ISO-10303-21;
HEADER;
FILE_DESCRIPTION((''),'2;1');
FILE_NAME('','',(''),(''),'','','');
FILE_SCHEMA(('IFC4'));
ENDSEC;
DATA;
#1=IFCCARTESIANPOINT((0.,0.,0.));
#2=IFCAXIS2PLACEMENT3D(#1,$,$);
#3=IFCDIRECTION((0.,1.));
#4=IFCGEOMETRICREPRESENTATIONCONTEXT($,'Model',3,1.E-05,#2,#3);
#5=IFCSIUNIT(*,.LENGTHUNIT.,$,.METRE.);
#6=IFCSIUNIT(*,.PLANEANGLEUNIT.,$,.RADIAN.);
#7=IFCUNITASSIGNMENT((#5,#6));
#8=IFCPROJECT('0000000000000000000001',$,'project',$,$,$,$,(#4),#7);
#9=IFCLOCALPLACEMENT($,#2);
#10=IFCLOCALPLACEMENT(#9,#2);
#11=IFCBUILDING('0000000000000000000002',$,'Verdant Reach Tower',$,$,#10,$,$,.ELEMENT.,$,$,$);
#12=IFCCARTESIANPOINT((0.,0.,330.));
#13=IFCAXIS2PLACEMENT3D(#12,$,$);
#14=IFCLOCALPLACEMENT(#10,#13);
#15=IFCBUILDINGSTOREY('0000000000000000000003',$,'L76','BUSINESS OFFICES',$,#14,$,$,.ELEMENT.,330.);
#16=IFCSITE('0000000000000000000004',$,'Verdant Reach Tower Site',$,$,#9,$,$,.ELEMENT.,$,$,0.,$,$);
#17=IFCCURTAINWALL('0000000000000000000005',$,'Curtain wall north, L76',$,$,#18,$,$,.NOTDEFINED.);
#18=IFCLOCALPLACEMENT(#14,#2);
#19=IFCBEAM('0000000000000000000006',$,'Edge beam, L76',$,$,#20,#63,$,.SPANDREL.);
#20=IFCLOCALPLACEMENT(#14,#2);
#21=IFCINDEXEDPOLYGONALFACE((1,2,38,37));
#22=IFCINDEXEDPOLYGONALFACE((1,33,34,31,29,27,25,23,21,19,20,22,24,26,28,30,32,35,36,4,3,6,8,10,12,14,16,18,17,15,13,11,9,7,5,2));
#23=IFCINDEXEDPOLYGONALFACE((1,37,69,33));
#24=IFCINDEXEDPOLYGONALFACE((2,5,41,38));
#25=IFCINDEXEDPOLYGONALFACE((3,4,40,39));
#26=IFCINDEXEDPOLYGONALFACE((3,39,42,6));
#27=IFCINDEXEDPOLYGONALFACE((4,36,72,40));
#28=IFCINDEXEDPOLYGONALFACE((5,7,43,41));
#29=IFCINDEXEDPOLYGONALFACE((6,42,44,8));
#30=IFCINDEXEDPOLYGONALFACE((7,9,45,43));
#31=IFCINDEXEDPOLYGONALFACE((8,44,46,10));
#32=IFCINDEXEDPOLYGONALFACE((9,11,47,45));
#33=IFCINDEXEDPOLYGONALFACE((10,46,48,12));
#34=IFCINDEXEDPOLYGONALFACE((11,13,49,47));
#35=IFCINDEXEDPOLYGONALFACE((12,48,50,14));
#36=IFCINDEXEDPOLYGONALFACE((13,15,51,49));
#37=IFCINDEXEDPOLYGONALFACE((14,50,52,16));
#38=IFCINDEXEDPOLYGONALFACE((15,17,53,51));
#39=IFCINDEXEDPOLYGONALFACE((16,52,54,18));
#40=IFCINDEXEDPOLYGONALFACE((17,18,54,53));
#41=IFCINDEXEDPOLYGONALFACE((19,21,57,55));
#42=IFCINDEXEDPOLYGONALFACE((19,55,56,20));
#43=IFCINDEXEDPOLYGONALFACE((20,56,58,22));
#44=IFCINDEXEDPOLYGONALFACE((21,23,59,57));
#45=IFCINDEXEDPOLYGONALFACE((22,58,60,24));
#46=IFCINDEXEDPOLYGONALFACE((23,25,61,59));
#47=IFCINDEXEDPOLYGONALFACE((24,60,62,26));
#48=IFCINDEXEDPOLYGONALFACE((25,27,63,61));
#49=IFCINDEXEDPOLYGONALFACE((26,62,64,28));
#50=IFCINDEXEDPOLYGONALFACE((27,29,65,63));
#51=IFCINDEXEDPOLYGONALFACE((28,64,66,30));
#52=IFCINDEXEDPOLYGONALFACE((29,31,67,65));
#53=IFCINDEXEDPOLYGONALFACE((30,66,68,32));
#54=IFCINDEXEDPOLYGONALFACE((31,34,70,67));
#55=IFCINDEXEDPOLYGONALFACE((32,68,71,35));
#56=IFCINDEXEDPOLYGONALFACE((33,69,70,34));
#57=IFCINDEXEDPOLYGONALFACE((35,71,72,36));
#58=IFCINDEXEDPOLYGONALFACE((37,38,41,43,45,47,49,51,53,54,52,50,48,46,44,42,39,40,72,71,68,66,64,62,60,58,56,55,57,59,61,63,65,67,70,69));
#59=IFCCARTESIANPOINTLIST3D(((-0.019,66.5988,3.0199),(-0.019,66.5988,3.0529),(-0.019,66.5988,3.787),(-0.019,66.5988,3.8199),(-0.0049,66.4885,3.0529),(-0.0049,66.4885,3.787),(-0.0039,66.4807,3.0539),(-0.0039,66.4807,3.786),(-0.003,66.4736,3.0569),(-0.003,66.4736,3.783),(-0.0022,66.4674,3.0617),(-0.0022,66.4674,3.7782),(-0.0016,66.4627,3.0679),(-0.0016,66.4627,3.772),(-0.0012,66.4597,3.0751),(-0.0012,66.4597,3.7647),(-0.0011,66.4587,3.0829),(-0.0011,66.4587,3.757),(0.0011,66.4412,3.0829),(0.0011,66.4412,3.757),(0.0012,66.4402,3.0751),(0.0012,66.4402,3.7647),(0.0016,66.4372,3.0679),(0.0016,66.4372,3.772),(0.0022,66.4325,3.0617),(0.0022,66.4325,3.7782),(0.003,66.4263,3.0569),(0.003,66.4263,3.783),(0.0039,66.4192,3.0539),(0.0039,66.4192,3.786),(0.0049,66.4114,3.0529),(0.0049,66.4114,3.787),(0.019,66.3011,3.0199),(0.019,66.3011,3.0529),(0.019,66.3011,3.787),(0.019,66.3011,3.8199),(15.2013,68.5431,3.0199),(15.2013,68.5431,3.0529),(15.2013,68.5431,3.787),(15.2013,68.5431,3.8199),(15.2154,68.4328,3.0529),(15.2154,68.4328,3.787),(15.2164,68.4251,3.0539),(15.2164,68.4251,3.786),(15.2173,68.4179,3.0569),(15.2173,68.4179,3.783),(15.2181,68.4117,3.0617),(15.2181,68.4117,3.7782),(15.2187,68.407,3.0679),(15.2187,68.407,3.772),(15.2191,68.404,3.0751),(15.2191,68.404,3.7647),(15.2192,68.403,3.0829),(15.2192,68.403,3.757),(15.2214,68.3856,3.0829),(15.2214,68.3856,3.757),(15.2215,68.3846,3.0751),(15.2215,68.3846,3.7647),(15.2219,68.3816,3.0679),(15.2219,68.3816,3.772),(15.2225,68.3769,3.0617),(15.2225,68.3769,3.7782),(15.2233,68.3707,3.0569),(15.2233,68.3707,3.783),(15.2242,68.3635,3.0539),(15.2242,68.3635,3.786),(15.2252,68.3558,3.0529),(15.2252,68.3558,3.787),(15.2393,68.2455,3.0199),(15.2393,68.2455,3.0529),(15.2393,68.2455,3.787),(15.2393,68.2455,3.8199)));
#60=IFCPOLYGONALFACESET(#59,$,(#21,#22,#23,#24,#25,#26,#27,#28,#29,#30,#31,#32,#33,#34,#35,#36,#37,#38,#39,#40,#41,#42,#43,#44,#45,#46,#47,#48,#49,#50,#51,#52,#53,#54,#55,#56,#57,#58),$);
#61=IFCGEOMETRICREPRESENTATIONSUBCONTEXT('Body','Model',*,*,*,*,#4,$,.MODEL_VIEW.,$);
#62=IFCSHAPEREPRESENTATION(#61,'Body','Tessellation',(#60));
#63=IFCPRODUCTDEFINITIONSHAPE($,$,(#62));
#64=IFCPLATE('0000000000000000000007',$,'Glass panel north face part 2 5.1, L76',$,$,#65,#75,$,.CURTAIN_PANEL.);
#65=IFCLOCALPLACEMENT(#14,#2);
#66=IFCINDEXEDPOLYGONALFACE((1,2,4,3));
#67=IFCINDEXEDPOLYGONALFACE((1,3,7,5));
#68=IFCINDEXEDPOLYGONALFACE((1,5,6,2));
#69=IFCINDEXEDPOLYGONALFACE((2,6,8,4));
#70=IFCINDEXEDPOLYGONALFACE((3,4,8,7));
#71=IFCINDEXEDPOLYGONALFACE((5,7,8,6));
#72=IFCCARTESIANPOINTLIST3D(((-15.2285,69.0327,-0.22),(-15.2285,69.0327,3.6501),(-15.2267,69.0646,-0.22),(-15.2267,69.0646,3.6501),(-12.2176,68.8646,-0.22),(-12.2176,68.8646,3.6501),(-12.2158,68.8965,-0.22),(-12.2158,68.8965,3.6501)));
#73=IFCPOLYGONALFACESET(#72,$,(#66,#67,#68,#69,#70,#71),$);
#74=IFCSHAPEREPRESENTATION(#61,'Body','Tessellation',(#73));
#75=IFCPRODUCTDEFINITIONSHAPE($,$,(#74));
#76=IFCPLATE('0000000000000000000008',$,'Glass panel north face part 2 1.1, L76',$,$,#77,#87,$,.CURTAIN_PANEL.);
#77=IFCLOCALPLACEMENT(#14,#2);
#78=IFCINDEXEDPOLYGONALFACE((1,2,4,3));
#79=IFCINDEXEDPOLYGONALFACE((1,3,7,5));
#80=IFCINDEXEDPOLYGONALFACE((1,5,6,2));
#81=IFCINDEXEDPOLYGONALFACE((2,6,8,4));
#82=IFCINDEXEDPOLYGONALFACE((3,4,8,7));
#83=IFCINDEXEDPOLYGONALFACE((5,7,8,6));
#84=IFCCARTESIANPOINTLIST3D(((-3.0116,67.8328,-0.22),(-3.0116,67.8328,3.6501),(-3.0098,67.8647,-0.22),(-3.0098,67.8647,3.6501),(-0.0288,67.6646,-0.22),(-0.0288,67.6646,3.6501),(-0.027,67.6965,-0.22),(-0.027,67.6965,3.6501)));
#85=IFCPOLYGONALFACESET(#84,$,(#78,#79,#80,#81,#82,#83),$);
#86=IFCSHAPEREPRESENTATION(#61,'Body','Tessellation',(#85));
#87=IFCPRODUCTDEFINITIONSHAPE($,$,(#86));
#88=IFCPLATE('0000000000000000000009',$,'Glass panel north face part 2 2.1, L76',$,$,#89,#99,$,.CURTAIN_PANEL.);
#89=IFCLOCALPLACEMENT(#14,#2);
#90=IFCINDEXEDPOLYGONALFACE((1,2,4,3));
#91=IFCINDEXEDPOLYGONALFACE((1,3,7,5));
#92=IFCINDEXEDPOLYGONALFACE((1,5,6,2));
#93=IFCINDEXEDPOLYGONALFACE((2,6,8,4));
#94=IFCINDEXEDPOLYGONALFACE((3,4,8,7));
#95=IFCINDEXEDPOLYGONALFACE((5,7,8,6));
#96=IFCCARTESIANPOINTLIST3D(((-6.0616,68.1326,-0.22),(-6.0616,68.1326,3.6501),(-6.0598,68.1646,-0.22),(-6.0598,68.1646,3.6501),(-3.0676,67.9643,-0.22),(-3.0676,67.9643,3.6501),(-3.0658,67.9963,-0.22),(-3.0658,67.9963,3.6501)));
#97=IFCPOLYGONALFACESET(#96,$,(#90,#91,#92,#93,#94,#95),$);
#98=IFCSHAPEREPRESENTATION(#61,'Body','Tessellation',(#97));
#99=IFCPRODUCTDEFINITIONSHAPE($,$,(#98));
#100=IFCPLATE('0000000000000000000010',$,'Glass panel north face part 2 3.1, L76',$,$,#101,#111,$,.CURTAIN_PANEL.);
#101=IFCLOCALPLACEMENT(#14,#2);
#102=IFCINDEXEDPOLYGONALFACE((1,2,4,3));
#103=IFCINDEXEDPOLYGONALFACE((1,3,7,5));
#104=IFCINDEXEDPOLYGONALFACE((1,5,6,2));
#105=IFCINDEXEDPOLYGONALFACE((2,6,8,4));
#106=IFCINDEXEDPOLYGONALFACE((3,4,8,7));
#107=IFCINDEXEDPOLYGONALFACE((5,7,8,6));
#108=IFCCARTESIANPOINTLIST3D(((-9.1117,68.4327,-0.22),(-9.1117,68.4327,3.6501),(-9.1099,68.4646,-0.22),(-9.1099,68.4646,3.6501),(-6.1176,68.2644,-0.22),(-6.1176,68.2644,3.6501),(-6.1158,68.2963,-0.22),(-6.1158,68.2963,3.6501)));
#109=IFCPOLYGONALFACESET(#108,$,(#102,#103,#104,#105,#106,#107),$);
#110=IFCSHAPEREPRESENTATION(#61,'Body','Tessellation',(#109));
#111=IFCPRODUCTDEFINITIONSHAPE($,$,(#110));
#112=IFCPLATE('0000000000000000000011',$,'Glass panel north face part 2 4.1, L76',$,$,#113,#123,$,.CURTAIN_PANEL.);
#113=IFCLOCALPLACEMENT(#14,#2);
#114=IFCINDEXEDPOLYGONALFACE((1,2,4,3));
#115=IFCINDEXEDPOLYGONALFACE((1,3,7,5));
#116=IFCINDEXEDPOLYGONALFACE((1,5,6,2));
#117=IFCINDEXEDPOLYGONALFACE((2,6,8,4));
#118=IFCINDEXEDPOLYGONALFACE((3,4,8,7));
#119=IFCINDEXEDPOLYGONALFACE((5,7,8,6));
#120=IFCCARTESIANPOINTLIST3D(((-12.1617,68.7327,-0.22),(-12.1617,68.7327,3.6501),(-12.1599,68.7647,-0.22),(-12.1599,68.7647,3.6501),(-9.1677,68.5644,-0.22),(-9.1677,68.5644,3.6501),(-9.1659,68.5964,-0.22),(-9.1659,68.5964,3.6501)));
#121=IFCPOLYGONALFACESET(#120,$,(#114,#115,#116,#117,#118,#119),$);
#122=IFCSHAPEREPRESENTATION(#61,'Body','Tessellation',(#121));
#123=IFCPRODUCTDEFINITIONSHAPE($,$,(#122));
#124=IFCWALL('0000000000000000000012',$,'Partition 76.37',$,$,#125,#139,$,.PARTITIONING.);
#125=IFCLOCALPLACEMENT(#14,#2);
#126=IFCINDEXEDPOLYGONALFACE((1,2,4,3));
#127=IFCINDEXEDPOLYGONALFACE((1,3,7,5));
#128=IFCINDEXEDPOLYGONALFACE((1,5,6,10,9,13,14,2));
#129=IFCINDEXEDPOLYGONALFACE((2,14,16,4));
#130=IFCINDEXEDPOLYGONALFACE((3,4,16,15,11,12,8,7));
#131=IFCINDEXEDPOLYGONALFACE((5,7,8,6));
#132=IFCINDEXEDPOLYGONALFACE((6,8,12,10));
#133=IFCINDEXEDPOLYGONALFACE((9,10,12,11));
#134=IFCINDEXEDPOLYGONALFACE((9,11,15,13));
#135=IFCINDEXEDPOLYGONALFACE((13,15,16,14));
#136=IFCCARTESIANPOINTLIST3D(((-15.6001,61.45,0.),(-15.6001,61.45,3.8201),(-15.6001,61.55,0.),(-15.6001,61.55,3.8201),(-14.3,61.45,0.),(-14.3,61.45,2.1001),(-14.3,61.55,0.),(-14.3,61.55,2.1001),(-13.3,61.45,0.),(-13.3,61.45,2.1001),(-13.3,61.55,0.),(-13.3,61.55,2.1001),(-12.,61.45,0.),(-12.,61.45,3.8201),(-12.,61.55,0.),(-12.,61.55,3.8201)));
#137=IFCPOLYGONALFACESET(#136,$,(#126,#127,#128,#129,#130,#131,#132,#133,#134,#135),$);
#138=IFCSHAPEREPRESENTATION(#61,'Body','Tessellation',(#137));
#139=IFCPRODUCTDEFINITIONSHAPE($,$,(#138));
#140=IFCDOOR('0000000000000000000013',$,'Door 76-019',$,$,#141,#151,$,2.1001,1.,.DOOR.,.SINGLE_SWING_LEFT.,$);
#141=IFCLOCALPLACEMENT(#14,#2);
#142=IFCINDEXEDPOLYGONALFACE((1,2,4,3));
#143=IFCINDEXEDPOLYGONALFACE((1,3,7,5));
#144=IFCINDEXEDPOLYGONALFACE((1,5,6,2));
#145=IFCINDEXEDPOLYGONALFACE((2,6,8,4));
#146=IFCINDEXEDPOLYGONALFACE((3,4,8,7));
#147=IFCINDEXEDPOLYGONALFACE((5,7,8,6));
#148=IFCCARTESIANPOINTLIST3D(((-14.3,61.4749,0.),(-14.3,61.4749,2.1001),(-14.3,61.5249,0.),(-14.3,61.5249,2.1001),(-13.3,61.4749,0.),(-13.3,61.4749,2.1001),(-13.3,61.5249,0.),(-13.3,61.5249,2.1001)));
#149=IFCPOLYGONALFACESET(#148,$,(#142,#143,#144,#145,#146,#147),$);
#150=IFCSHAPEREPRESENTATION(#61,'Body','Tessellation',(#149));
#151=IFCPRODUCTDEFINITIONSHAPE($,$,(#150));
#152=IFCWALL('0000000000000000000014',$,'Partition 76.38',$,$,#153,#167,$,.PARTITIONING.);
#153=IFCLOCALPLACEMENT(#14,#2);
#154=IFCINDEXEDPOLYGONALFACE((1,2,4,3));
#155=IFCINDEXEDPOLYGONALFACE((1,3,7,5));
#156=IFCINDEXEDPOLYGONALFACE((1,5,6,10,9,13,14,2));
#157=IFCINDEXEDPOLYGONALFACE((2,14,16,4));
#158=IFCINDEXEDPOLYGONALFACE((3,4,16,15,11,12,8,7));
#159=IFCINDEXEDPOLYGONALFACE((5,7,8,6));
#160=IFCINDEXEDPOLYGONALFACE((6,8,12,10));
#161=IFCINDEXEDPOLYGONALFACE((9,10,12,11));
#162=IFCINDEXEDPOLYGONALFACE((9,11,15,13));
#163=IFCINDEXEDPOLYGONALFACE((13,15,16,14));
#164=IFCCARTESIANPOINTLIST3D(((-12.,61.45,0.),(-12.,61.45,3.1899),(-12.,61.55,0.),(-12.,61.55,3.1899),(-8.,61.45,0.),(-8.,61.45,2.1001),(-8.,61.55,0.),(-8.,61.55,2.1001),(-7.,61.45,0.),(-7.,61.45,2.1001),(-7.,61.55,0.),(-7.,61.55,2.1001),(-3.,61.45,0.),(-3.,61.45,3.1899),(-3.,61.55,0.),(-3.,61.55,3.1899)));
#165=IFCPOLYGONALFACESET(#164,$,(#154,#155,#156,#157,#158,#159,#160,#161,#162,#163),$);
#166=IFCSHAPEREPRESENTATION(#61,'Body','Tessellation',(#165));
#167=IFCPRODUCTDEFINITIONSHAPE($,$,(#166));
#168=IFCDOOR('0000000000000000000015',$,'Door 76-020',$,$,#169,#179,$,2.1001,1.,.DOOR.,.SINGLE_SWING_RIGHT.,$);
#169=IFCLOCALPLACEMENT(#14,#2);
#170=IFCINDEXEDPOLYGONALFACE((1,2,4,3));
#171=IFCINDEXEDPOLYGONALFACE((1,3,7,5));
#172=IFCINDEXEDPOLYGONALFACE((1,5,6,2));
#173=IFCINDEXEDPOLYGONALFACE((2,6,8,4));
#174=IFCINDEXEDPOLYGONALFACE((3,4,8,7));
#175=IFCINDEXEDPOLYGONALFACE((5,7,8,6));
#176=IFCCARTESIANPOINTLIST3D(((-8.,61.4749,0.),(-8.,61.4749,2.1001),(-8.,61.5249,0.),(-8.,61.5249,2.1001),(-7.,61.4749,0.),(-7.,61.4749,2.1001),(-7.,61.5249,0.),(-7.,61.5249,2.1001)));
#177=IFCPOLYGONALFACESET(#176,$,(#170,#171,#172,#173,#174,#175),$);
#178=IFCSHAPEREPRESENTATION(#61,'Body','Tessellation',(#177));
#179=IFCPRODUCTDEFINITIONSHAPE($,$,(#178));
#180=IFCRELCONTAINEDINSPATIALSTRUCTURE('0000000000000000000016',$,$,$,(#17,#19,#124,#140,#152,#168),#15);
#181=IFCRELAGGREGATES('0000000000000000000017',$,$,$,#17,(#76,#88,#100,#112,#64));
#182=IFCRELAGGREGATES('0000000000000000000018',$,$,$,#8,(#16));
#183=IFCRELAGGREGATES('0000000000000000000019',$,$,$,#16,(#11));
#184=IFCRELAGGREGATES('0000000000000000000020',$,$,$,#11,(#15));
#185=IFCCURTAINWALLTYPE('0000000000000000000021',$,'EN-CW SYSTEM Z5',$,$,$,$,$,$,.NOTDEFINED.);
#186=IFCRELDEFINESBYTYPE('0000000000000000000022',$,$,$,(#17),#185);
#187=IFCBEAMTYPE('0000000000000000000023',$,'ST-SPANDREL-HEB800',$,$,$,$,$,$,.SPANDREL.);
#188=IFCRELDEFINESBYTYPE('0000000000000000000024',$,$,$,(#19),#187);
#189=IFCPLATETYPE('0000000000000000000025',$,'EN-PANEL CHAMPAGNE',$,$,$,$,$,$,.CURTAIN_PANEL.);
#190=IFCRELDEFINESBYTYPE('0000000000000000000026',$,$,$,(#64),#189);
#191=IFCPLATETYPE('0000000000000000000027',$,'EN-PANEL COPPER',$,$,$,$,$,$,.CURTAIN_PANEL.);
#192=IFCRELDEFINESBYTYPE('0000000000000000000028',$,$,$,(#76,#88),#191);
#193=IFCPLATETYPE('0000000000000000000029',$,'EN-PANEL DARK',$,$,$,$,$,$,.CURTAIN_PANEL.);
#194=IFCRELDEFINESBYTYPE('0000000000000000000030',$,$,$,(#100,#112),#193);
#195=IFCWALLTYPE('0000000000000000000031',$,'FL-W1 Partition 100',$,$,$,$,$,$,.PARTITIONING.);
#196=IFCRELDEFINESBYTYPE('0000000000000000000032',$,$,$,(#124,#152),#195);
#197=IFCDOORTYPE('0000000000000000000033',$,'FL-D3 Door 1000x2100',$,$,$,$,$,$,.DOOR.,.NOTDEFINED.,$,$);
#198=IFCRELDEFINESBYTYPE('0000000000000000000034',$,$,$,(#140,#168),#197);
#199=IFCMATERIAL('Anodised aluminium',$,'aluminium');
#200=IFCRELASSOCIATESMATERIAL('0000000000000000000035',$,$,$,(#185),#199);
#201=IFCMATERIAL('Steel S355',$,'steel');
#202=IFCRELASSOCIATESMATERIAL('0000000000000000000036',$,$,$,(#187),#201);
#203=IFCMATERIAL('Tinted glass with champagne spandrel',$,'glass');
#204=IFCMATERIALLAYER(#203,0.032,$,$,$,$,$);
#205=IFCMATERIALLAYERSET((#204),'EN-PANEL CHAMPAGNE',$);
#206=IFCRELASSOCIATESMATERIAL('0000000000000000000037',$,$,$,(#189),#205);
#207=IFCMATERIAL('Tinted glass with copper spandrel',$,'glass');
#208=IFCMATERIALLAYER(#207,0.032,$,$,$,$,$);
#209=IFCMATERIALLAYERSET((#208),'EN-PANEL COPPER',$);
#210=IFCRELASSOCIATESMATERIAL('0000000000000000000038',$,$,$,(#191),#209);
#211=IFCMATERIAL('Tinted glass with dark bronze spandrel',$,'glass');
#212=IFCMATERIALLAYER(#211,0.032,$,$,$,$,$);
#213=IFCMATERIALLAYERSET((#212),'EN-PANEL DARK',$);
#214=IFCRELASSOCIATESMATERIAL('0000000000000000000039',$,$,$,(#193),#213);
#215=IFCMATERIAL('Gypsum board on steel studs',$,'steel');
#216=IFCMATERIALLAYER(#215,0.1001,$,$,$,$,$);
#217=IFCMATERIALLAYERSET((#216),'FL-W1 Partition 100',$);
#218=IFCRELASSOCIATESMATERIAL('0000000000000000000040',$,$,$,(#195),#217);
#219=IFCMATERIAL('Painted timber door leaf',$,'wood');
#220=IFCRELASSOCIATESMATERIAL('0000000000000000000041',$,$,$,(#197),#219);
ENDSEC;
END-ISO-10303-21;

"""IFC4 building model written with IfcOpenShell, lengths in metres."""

from ifc_helpers import new_model, si_unit, direction, frame, frame_2d, origin, origin_2d, place, context, subcontext, project, spatial, rectangle, i_section, extrude, material, layer, layer_set, material_profile, profile_set, type_object, element, fill, aggregate, save


model = new_model("IFC4")

# Units and contexts
model_context = context("Model", 3, precision=1e-05, world=origin(), true_north=direction((0.0, 1.0)))
body_context = subcontext(model_context, "Body", "Model", "MODEL_VIEW")
ifc_project = project(units=[si_unit("LENGTHUNIT", "METRE"), si_unit("PLANEANGLEUNIT", "RADIAN")], contexts=[model_context])

# Site, building, storey
site_placement = place(None, origin())
site = spatial("IfcSite", under=ifc_project, at=site_placement, Name="Verdant Reach Tower Site", CompositionType="ELEMENT", RefElevation=0.0)
building_placement = place(site_placement, origin())
building = spatial("IfcBuilding", under=site, at=building_placement, Name="Verdant Reach Tower", CompositionType="ELEMENT")
storey_placement = place(building_placement, frame((0.0, 0.0, 330.0)))
storey = spatial("IfcBuildingStorey", under=building, at=storey_placement, Name="L76", Description="BUSINESS OFFICES", CompositionType="ELEMENT", Elevation=330.0)

# Curtain wall
ifc_material_1 = material(Name="Anodised aluminium", Category="aluminium")
curtain_wall_type = type_object("IfcCurtainWallType", Name="EN-CW SYSTEM Z5", PredefinedType="NOTDEFINED", material=ifc_material_1)
curtain_wall_1_placement = place(storey_placement, origin())
curtain_wall_1 = element("IfcCurtainWall", 1, at=curtain_wall_1_placement, inside=storey, type_object=curtain_wall_type, Name="Curtain wall north, L76", PredefinedType="NOTDEFINED")

# Beam
ifc_material_2 = material(Name="Steel S355", Category="steel")
ifc_material_profile_1 = material_profile(ifc_material_2, i_section(OverallWidth=0.3, OverallDepth=0.8, WebThickness=0.0176, FlangeThickness=0.033, FilletRadius=0.03, at=origin_2d()), Name="HEB 800")
ifc_profile_set_1 = profile_set([ifc_material_profile_1], Name="Steel S355")
beam_type = type_object("IfcBeamType", Name="ST-SPANDREL-HEB800", PredefinedType="SPANDREL", material=ifc_profile_set_1)
for number, where, z_axis, x_axis, name in (
    (2, (0.0, 66.45, 3.4199), (0.991939, 0.126717, 0.0), (-0.126717, 0.991939, 0.0), "Edge beam, L76"),
):
    element("IfcBeam", number, at=place(storey_placement, frame(where, z_axis=z_axis, x_axis=x_axis)), inside=storey, type_object=beam_type, Name=name, PredefinedType="SPANDREL", context=body_context, shape_type="SweptSolid", body=[
        extrude(i_section(OverallWidth=0.3, OverallDepth=0.8, WebThickness=0.0176, FlangeThickness=0.033, FilletRadius=0.03, at=origin_2d()), origin(), (0.0, 0.0, 1.0), 15.344),
    ])

# Plates
ifc_material_3 = material(Name="Tinted glass with champagne spandrel", Category="glass")
ifc_layer_1 = layer(ifc_material_3, 0.032)
ifc_layer_set_1 = layer_set([ifc_layer_1], Name="EN-PANEL CHAMPAGNE")
plate_type_1 = type_object("IfcPlateType", Name="EN-PANEL CHAMPAGNE", PredefinedType="CURTAIN_PANEL", material=ifc_layer_set_1)
plate_1_placement = place(storey_placement, frame((-13.7222, 68.9646, -0.22), z_axis=(0.0, 0.0, 1.0), x_axis=(-0.998446, 0.055725, 0.0)))
plate_1 = element("IfcPlate", 3, at=plate_1_placement, type_object=plate_type_1, Name="Glass panel north face part 2 5.1, L76", PredefinedType="CURTAIN_PANEL", context=body_context, shape_type="SweptSolid", body=[
    extrude(rectangle(XDim=3.0156, YDim=0.032, at=origin_2d()), origin(), (0.0, 0.0, 1.0), 3.8701),
])
ifc_material_4 = material(Name="Tinted glass with copper spandrel", Category="glass")
ifc_layer_2 = layer(ifc_material_4, 0.032)
ifc_layer_set_2 = layer_set([ifc_layer_2], Name="EN-PANEL COPPER")
plate_type_2 = type_object("IfcPlateType", Name="EN-PANEL COPPER", PredefinedType="CURTAIN_PANEL", material=ifc_layer_set_2)
plate_2_placement = place(storey_placement, frame((-1.5193, 67.7646, -0.22), z_axis=(0.0, 0.0, 1.0), x_axis=(-0.998413, 0.056308, 0.0)))
plate_2 = element("IfcPlate", 4, at=plate_2_placement, type_object=plate_type_2, Name="Glass panel north face part 2 1.1, L76", PredefinedType="CURTAIN_PANEL", context=body_context, shape_type="SweptSolid", body=[
    extrude(rectangle(XDim=2.9875, YDim=0.032, at=origin_2d()), origin(), (0.0, 0.0, 1.0), 3.8701),
])
plate_3_placement = place(storey_placement, frame((-4.5637, 68.0645, -0.22), z_axis=(0.0, 0.0, 1.0), x_axis=(-0.998424, 0.056128, 0.0)))
plate_3 = element("IfcPlate", 5, at=plate_3_placement, type_object=plate_type_2, Name="Glass panel north face part 2 2.1, L76", PredefinedType="CURTAIN_PANEL", context=body_context, shape_type="SweptSolid", body=[
    extrude(rectangle(XDim=2.9988, YDim=0.032, at=origin_2d()), origin(), (0.0, 0.0, 1.0), 3.8701),
])
ifc_material_5 = material(Name="Tinted glass with dark bronze spandrel", Category="glass")
ifc_layer_3 = layer(ifc_material_5, 0.032)
ifc_layer_set_3 = layer_set([ifc_layer_3], Name="EN-PANEL DARK")
plate_type_3 = type_object("IfcPlateType", Name="EN-PANEL DARK", PredefinedType="CURTAIN_PANEL", material=ifc_layer_set_3)
plate_4_placement = place(storey_placement, frame((-7.6138, 68.3645, -0.22), z_axis=(0.0, 0.0, 1.0), x_axis=(-0.998424, 0.056128, 0.0)))
plate_4 = element("IfcPlate", 6, at=plate_4_placement, type_object=plate_type_3, Name="Glass panel north face part 2 3.1, L76", PredefinedType="CURTAIN_PANEL", context=body_context, shape_type="SweptSolid", body=[
    extrude(rectangle(XDim=2.9988, YDim=0.032, at=origin_2d()), origin(), (0.0, 0.0, 1.0), 3.8701),
])
plate_5_placement = place(storey_placement, frame((-10.6638, 68.6646, -0.22), z_axis=(0.0, 0.0, 1.0), x_axis=(-0.998424, 0.056128, 0.0)))
plate_5 = element("IfcPlate", 7, at=plate_5_placement, type_object=plate_type_3, Name="Glass panel north face part 2 4.1, L76", PredefinedType="CURTAIN_PANEL", context=body_context, shape_type="SweptSolid", body=[
    extrude(rectangle(XDim=2.9988, YDim=0.032, at=origin_2d()), origin(), (0.0, 0.0, 1.0), 3.8701),
])
aggregate(curtain_wall_1, [plate_2, plate_3, plate_4, plate_5, plate_1])

# Walls, openings, doors
ifc_material_6 = material(Name="Gypsum board on steel studs", Category="steel")
ifc_layer_4 = layer(ifc_material_6, 0.1001)
ifc_layer_set_4 = layer_set([ifc_layer_4], Name="FL-W1 Partition 100")
wall_type = type_object("IfcWallType", Name="FL-W1 Partition 100", PredefinedType="PARTITIONING", material=ifc_layer_set_4)
wall_1_placement = place(storey_placement, frame((-15.6001, 61.5, 0.0), z_axis=(0.0, 0.0, 1.0), x_axis=(1.0, 0.0, 0.0)))
wall_1 = element("IfcWall", 8, at=wall_1_placement, inside=storey, type_object=wall_type, Name="Partition 76.37", PredefinedType="PARTITIONING", context=body_context, shape_type="SweptSolid", body=[
    extrude(rectangle(XDim=3.6001, YDim=0.1001, at=frame_2d((1.8, 0.0))), origin(), (0.0, 0.0, 1.0), 3.8201),
])
opening_1_placement = place(wall_1_placement, frame((1.3, 0.0, 0.0)))
opening_1 = element("IfcOpeningElement", 9, at=opening_1_placement, cuts=wall_1, PredefinedType="OPENING", context=body_context, shape_type="SweptSolid", body=[
    extrude(rectangle(XDim=1.0, YDim=2.1001, at=frame_2d((0.5, 1.05))), frame((0.0, 0.0601, 0.0), z_axis=(0.0, -1.0, 0.0), x_axis=(1.0, 0.0, 0.0)), (0.0, 0.0, 1.0), 0.1201),
])
ifc_material_7 = material(Name="Painted timber door leaf", Category="wood")
door_type = type_object("IfcDoorType", Name="FL-D3 Door 1000x2100", OperationType="NOTDEFINED", PredefinedType="DOOR", material=ifc_material_7)
door_1_placement = place(opening_1_placement, origin())
door_1 = element("IfcDoor", 10, at=door_1_placement, inside=storey, type_object=door_type, Name="Door 76-019", OperationType="SINGLE_SWING_LEFT", OverallHeight=2.1001, OverallWidth=1.0, PredefinedType="DOOR", context=body_context, shape_type="SweptSolid", body=[
    extrude(rectangle(XDim=1.0, YDim=2.1001, at=frame_2d((0.5, 1.05))), frame((0.0, 0.0249, 0.0), z_axis=(0.0, -1.0, 0.0), x_axis=(1.0, 0.0, 0.0)), (0.0, 0.0, 1.0), 0.05),
])
fill(opening_1, door_1)
wall_2_placement = place(storey_placement, frame((-12.0, 61.5, 0.0), z_axis=(0.0, 0.0, 1.0), x_axis=(1.0, 0.0, 0.0)))
wall_2 = element("IfcWall", 11, at=wall_2_placement, inside=storey, type_object=wall_type, Name="Partition 76.38", PredefinedType="PARTITIONING", context=body_context, shape_type="SweptSolid", body=[
    extrude(rectangle(XDim=9.0, YDim=0.1001, at=frame_2d((4.5, 0.0))), origin(), (0.0, 0.0, 1.0), 3.1899),
])
opening_2_placement = place(wall_2_placement, frame((4.0, 0.0, 0.0)))
opening_2 = element("IfcOpeningElement", 12, at=opening_2_placement, cuts=wall_2, PredefinedType="OPENING", context=body_context, shape_type="SweptSolid", body=[
    extrude(rectangle(XDim=1.0, YDim=2.1001, at=frame_2d((0.5, 1.05))), frame((0.0, 0.0601, 0.0), z_axis=(0.0, -1.0, 0.0), x_axis=(1.0, 0.0, 0.0)), (0.0, 0.0, 1.0), 0.1201),
])
door_2_placement = place(opening_2_placement, origin())
door_2 = element("IfcDoor", 13, at=door_2_placement, inside=storey, type_object=door_type, Name="Door 76-020", OperationType="SINGLE_SWING_RIGHT", OverallHeight=2.1001, OverallWidth=1.0, PredefinedType="DOOR", context=body_context, shape_type="SweptSolid", body=[
    extrude(rectangle(XDim=1.0, YDim=2.1001, at=frame_2d((0.5, 1.05))), frame((0.0, 0.0249, 0.0), z_axis=(0.0, -1.0, 0.0), x_axis=(1.0, 0.0, 0.0)), (0.0, 0.0, 1.0), 0.05),
])
fill(opening_2, door_2)

save(model, "model.ifc")
